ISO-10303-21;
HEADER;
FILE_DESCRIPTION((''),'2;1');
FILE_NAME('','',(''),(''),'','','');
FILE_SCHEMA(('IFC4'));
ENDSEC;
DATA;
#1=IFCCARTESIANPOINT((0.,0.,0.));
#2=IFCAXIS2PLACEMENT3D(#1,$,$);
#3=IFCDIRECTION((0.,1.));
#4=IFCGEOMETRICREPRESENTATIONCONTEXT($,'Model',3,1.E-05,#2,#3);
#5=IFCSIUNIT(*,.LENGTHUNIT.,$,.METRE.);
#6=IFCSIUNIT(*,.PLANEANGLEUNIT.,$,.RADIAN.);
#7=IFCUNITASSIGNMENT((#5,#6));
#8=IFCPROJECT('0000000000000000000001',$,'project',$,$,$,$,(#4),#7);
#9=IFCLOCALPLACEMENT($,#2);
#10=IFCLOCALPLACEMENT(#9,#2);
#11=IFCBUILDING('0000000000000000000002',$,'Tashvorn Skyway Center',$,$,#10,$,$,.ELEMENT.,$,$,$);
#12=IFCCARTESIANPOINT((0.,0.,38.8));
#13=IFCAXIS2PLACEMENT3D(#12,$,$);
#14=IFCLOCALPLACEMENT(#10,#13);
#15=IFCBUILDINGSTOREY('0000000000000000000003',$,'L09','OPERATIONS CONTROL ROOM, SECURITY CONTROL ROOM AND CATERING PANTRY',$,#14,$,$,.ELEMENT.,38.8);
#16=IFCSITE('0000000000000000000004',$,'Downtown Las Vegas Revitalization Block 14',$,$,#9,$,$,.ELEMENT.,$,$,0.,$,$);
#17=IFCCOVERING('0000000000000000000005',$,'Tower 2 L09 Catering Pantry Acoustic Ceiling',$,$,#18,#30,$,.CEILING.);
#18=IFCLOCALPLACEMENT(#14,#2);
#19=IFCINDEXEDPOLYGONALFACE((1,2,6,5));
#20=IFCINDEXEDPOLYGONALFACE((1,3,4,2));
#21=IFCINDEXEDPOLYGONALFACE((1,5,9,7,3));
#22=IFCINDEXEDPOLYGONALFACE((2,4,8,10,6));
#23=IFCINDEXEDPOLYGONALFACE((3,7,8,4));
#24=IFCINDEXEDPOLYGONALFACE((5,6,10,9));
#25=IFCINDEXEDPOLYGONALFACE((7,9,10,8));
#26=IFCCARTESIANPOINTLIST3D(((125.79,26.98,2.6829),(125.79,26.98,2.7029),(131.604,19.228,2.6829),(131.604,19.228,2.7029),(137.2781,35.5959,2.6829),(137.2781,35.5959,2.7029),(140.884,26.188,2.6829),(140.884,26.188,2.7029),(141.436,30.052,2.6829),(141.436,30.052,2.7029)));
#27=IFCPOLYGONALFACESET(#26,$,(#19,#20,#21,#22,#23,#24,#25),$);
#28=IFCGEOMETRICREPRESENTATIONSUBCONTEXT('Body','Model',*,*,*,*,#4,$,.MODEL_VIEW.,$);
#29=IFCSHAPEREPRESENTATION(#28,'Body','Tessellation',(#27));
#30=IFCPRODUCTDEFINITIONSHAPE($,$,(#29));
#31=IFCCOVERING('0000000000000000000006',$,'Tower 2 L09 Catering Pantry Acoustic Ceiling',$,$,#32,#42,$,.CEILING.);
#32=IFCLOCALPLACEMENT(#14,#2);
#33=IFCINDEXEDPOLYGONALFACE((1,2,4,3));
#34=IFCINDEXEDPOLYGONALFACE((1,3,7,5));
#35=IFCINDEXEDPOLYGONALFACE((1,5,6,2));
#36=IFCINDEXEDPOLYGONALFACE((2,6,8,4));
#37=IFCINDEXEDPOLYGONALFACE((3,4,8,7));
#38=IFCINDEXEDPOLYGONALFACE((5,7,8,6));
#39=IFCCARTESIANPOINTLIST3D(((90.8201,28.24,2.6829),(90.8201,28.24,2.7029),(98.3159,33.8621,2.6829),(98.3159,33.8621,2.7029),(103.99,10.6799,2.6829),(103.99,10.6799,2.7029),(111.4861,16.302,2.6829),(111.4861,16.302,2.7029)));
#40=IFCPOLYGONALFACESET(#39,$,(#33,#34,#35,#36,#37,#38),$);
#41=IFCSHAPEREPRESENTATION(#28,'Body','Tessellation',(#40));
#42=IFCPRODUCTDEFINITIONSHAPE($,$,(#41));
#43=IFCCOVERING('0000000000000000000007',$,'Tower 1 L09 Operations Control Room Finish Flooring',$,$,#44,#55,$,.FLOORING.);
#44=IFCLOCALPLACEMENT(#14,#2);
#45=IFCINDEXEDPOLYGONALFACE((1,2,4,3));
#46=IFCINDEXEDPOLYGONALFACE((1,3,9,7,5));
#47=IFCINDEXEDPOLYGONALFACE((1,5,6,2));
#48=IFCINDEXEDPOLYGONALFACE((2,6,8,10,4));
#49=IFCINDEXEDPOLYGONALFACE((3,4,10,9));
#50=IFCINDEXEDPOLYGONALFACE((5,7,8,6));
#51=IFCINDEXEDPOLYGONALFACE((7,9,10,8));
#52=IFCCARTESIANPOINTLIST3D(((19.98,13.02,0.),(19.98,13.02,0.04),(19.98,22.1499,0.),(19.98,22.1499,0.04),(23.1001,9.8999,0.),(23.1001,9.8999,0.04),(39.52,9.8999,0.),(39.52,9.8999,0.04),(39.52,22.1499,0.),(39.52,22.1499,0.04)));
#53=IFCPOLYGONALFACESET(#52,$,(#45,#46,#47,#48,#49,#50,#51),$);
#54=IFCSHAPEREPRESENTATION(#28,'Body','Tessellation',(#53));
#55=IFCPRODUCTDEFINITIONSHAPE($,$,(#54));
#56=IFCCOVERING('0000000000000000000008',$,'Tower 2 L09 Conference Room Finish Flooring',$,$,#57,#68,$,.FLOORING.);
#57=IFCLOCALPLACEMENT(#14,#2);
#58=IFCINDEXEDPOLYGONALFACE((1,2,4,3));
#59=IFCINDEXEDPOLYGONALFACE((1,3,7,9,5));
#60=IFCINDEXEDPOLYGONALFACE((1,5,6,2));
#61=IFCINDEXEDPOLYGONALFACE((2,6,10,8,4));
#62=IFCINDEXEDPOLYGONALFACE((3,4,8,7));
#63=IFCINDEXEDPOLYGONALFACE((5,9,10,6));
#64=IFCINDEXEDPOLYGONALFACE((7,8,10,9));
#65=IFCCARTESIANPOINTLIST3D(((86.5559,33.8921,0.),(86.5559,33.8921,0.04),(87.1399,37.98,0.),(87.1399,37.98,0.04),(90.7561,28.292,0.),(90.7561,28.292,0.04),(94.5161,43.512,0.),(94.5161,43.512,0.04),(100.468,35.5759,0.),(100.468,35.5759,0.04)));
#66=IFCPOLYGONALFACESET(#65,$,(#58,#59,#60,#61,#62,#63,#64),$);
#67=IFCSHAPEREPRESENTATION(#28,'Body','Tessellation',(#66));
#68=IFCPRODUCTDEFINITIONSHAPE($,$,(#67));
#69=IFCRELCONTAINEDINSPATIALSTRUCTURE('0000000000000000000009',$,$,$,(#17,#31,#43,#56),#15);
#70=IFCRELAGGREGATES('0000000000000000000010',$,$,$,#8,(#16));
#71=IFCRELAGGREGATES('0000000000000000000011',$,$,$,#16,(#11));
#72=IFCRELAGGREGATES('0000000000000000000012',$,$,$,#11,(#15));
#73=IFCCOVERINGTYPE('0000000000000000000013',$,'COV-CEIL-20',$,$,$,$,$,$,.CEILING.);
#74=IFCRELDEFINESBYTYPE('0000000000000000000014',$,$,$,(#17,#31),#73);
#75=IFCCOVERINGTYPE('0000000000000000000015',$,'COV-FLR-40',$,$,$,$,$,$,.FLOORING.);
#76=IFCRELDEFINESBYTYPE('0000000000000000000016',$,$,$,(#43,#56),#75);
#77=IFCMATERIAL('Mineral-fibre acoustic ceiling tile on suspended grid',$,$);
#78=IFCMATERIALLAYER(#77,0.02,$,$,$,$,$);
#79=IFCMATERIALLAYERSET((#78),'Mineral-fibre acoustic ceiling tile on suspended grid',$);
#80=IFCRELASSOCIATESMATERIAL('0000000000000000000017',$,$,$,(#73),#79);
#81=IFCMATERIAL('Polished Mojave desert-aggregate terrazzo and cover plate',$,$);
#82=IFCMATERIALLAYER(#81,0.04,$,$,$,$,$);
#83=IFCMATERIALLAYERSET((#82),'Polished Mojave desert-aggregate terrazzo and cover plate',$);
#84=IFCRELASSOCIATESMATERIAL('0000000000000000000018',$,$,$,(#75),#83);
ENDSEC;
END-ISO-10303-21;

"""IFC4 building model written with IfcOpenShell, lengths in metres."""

from ifc_helpers import new_model, si_unit, direction, frame, origin, place, context, subcontext, project, spatial, polyline, outline, extrude, material, layer, layer_set, type_object, element, save


model = new_model("IFC4")

# Units and contexts
model_context = context("Model", 3, precision=1e-05, world=origin(), true_north=direction((0.0, 1.0)))
body_context = subcontext(model_context, "Body", "Model", "MODEL_VIEW")
ifc_project = project(units=[si_unit("LENGTHUNIT", "METRE"), si_unit("PLANEANGLEUNIT", "RADIAN")], contexts=[model_context])

# Site, building, storey
site_placement = place(None, origin())
site = spatial("IfcSite", under=ifc_project, at=site_placement, Name="Downtown Las Vegas Revitalization Block 14", CompositionType="ELEMENT", RefElevation=0.0)
building_placement = place(site_placement, origin())
building = spatial("IfcBuilding", under=site, at=building_placement, Name="Tashvorn Skyway Center", CompositionType="ELEMENT")
storey_placement = place(building_placement, frame((0.0, 0.0, 38.8)))
storey = spatial("IfcBuildingStorey", under=building, at=storey_placement, Name="L09", Description="OPERATIONS CONTROL ROOM, SECURITY CONTROL ROOM AND CATERING PANTRY", CompositionType="ELEMENT", Elevation=38.8)

# Coverings
ifc_material_1 = material(Name="Mineral-fibre acoustic ceiling tile on suspended grid")
ifc_layer_1 = layer(ifc_material_1, 0.02)
ifc_layer_set_1 = layer_set([ifc_layer_1], Name="Mineral-fibre acoustic ceiling tile on suspended grid")
covering_type_1 = type_object("IfcCoveringType", Name="COV-CEIL-20", PredefinedType="CEILING", material=ifc_layer_set_1)
covering_1_placement = place(storey_placement, frame((0.0, 0.0, 2.6829)))
element("IfcCovering", 1, at=covering_1_placement, inside=storey, type_object=covering_type_1, Name="Tower 2 L09 Catering Pantry Acoustic Ceiling", PredefinedType="CEILING", context=body_context, shape_type="SweptSolid", body=[
    extrude(outline(polyline([(131.604, 19.228), (125.79, 26.98), (137.2781, 35.5959), (141.436, 30.052), (140.884, 26.188), (131.604, 19.228)])), origin(), (0.0, 0.0, 1.0), 0.02),
])
covering_2_placement = place(storey_placement, frame((0.0, 0.0, 2.6829)))
element("IfcCovering", 2, at=covering_2_placement, inside=storey, type_object=covering_type_1, Name="Tower 2 L09 Catering Pantry Acoustic Ceiling", PredefinedType="CEILING", context=body_context, shape_type="SweptSolid", body=[
    extrude(outline(polyline([(103.99, 10.6799), (111.4861, 16.302), (98.3159, 33.8621), (90.8201, 28.24), (103.99, 10.6799)])), origin(), (0.0, 0.0, 1.0), 0.02),
])
ifc_material_2 = material(Name="Polished Mojave desert-aggregate terrazzo and cover plate")
ifc_layer_2 = layer(ifc_material_2, 0.04)
ifc_layer_set_2 = layer_set([ifc_layer_2], Name="Polished Mojave desert-aggregate terrazzo and cover plate")
covering_type_2 = type_object("IfcCoveringType", Name="COV-FLR-40", PredefinedType="FLOORING", material=ifc_layer_set_2)
covering_3_placement = place(storey_placement, origin())
element("IfcCovering", 3, at=covering_3_placement, inside=storey, type_object=covering_type_2, Name="Tower 1 L09 Operations Control Room Finish Flooring", PredefinedType="FLOORING", context=body_context, shape_type="SweptSolid", body=[
    extrude(outline(polyline([(23.1001, 9.8999), (19.98, 13.02), (19.98, 22.1499), (39.52, 22.1499), (39.52, 9.8999), (23.1001, 9.8999)])), origin(), (0.0, 0.0, 1.0), 0.04),
])
covering_4_placement = place(storey_placement, origin())
element("IfcCovering", 4, at=covering_4_placement, inside=storey, type_object=covering_type_2, Name="Tower 2 L09 Conference Room Finish Flooring", PredefinedType="FLOORING", context=body_context, shape_type="SweptSolid", body=[
    extrude(outline(polyline([(100.468, 35.5759), (90.7561, 28.292), (86.5559, 33.8921), (87.1399, 37.98), (94.5161, 43.512), (100.468, 35.5759)])), origin(), (0.0, 0.0, 1.0), 0.04),
])

save(model, "model.ifc")
